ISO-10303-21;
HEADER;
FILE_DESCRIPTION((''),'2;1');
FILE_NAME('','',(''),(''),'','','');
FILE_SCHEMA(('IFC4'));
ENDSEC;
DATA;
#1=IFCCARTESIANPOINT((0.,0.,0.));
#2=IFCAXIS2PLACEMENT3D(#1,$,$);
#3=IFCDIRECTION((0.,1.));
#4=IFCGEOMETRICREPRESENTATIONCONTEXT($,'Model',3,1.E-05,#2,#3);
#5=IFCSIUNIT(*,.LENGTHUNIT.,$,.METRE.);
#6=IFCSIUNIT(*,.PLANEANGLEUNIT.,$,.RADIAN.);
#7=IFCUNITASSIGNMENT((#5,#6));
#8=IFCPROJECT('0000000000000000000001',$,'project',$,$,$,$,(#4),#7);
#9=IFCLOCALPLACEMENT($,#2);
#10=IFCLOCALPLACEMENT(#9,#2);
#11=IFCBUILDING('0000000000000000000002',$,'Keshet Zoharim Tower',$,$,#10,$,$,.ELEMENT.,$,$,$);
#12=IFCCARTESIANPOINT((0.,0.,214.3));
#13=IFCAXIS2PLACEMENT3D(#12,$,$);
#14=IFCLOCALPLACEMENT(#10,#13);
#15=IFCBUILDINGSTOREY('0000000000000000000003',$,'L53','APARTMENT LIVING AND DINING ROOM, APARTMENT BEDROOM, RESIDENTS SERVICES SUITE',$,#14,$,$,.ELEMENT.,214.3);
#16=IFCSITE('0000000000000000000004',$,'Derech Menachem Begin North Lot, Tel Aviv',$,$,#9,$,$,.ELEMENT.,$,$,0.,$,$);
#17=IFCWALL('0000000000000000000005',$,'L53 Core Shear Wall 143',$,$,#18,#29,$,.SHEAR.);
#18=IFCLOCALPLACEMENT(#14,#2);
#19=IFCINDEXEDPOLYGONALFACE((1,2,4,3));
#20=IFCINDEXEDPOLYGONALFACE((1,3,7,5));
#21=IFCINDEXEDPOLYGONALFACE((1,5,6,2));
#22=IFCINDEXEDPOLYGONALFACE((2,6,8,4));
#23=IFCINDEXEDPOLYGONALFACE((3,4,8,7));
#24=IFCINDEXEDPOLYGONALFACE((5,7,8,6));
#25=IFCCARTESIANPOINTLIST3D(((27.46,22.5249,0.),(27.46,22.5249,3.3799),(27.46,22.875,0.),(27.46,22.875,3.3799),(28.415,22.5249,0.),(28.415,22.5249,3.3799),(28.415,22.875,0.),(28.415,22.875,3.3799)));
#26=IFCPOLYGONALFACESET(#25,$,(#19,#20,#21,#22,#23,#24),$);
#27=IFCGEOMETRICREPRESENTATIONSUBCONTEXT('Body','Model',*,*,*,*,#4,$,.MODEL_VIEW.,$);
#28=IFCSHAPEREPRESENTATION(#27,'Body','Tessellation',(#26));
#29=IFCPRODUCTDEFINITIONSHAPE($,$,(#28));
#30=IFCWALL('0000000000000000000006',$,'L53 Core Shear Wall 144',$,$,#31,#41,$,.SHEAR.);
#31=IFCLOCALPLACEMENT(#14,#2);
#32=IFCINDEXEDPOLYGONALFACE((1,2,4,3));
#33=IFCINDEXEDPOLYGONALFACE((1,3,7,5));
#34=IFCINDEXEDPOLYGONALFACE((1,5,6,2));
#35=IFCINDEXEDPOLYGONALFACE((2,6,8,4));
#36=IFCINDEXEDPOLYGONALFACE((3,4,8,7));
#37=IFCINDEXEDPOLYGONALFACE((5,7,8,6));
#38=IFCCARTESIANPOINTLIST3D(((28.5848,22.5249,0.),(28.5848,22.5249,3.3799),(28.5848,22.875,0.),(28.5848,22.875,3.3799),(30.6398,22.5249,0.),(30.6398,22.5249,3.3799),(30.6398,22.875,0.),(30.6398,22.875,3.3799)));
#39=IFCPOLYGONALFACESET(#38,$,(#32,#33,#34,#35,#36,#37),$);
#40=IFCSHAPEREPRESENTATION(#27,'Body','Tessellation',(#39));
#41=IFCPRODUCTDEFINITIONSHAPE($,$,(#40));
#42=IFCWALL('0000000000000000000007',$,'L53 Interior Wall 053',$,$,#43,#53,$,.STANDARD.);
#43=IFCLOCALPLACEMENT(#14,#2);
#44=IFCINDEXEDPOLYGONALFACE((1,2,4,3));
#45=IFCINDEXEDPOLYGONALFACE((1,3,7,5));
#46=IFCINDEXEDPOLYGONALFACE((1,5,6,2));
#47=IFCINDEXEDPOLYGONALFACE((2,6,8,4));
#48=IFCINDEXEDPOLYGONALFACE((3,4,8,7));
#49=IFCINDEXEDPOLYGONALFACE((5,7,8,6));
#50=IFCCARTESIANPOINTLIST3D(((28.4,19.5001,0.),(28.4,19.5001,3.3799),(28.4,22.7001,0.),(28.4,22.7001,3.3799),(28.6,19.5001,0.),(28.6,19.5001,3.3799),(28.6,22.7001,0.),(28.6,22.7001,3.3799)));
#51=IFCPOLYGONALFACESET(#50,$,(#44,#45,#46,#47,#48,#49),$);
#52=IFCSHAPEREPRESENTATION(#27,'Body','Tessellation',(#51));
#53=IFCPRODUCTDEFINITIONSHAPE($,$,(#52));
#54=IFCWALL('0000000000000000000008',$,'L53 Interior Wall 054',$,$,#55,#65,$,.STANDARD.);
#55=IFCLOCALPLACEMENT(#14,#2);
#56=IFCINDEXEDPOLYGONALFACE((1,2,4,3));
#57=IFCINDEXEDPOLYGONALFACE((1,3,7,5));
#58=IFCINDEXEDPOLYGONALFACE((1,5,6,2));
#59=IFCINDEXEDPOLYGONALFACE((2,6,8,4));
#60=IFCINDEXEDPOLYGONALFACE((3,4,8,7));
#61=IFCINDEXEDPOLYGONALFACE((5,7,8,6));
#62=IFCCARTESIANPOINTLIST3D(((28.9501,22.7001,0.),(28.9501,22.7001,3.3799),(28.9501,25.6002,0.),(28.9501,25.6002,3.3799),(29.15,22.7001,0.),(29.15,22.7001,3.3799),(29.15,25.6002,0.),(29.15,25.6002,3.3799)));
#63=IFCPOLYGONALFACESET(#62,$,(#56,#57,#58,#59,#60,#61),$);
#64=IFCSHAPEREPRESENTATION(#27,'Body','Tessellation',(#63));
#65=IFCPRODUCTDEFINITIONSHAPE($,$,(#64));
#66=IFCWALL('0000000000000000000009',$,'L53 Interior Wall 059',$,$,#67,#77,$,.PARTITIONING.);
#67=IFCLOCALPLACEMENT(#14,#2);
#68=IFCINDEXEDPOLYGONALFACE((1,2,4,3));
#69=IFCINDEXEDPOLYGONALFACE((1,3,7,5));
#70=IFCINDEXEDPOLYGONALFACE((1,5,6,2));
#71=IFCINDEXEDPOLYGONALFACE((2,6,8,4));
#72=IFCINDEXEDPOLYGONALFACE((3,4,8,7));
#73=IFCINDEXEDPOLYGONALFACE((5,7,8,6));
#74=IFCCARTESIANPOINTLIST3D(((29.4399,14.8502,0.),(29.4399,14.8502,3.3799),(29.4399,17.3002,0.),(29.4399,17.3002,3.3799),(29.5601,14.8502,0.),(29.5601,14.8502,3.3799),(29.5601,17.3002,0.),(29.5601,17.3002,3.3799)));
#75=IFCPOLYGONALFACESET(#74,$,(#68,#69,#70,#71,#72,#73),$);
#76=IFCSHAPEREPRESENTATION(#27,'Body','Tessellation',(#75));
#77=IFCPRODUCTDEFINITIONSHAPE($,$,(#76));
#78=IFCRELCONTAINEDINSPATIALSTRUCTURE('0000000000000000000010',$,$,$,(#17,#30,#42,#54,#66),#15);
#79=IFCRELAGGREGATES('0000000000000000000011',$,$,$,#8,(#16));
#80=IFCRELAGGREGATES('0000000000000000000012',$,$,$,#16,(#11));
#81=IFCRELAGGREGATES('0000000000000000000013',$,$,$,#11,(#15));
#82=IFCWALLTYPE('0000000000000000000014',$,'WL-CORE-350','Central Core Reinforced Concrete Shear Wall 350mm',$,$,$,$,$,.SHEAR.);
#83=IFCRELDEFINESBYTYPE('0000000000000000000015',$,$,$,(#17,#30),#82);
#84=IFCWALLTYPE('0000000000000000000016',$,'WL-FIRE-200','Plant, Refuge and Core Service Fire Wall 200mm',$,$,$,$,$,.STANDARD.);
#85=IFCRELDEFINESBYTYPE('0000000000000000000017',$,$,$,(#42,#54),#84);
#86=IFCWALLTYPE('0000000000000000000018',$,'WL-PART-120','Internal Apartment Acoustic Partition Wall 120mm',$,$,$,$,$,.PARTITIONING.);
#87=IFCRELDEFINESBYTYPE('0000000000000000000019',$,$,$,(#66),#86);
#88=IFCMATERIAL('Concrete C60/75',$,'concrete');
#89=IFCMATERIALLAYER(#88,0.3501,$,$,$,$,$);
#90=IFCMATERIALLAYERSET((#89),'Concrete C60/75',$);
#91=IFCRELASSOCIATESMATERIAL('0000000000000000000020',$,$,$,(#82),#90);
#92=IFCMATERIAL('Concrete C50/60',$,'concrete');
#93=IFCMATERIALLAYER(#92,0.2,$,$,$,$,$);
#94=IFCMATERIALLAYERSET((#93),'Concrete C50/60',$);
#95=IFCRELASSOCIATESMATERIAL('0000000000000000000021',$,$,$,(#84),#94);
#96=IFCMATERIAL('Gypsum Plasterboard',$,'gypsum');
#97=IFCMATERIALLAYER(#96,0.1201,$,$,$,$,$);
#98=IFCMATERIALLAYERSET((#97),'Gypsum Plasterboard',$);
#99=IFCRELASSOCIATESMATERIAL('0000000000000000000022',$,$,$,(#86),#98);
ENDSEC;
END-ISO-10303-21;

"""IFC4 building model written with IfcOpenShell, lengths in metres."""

from ifc_helpers import new_model, si_unit, direction, frame, frame_2d, origin, place, context, subcontext, project, spatial, rectangle, extrude, material, layer, layer_set, type_object, element, save


model = new_model("IFC4")

# Units and contexts
model_context = context("Model", 3, precision=1e-05, world=origin(), true_north=direction((0.0, 1.0)))
body_context = subcontext(model_context, "Body", "Model", "MODEL_VIEW")
ifc_project = project(units=[si_unit("LENGTHUNIT", "METRE"), si_unit("PLANEANGLEUNIT", "RADIAN")], contexts=[model_context])

# Site, building, storey
site_placement = place(None, origin())
site = spatial("IfcSite", under=ifc_project, at=site_placement, Name="Derech Menachem Begin North Lot, Tel Aviv", CompositionType="ELEMENT", RefElevation=0.0)
building_placement = place(site_placement, origin())
building = spatial("IfcBuilding", under=site, at=building_placement, Name="Keshet Zoharim Tower", CompositionType="ELEMENT")
storey_placement = place(building_placement, frame((0.0, 0.0, 214.3)))
storey = spatial("IfcBuildingStorey", under=building, at=storey_placement, Name="L53", Description="APARTMENT LIVING AND DINING ROOM, APARTMENT BEDROOM, RESIDENTS SERVICES SUITE", CompositionType="ELEMENT", Elevation=214.3)

# Shared definitions
ifc_material_1 = material(Name="Concrete C50/60", Category="concrete")

# Walls
ifc_material_2 = material(Name="Concrete C60/75", Category="concrete")
ifc_layer_1 = layer(ifc_material_2, 0.3501)
ifc_layer_set_1 = layer_set([ifc_layer_1], Name="Concrete C60/75")
wall_type_1 = type_object("IfcWallType", Name="WL-CORE-350", Description="Central Core Reinforced Concrete Shear Wall 350mm", PredefinedType="SHEAR", material=ifc_layer_set_1)
wall_1_placement = place(storey_placement, frame((27.46, 22.7, 0.0), z_axis=(0.0, 0.0, 1.0), x_axis=(1.0, 0.0, 0.0)))
element("IfcWall", 1, at=wall_1_placement, inside=storey, type_object=wall_type_1, Name="L53 Core Shear Wall 143", PredefinedType="SHEAR", context=body_context, shape_type="SweptSolid", body=[
    extrude(rectangle(XDim=0.9551, YDim=0.3501, at=frame_2d((0.4775, 0.0))), origin(), (0.0, 0.0, 1.0), 3.3799),
])
wall_2_placement = place(storey_placement, frame((28.585, 22.7, 0.0), z_axis=(0.0, 0.0, 1.0), x_axis=(1.0, 0.0, 0.0)))
element("IfcWall", 2, at=wall_2_placement, inside=storey, type_object=wall_type_1, Name="L53 Core Shear Wall 144", PredefinedType="SHEAR", context=body_context, shape_type="SweptSolid", body=[
    extrude(rectangle(XDim=2.0549, YDim=0.3501, at=frame_2d((1.0273, 0.0))), origin(), (0.0, 0.0, 1.0), 3.3799),
])

# Shared definitions
ifc_material_3 = material(Name="Gypsum Plasterboard", Category="gypsum")

# Walls
ifc_layer_2 = layer(ifc_material_1, 0.2)
ifc_layer_set_2 = layer_set([ifc_layer_2], Name="Concrete C50/60")
wall_type_2 = type_object("IfcWallType", Name="WL-FIRE-200", Description="Plant, Refuge and Core Service Fire Wall 200mm", PredefinedType="STANDARD", material=ifc_layer_set_2)
wall_3_placement = place(storey_placement, frame((28.5, 19.5, 0.0), z_axis=(0.0, 0.0, 1.0), x_axis=(0.0, 1.0, 0.0)))
element("IfcWall", 3, at=wall_3_placement, inside=storey, type_object=wall_type_2, Name="L53 Interior Wall 053", PredefinedType="STANDARD", context=body_context, shape_type="SweptSolid", body=[
    extrude(rectangle(XDim=3.2, YDim=0.2, at=frame_2d((1.6001, 0.0))), origin(), (0.0, 0.0, 1.0), 3.3799),
])
wall_4_placement = place(storey_placement, frame((29.05, 22.7, 0.0), z_axis=(0.0, 0.0, 1.0), x_axis=(0.0, 1.0, 0.0)))
element("IfcWall", 4, at=wall_4_placement, inside=storey, type_object=wall_type_2, Name="L53 Interior Wall 054", PredefinedType="STANDARD", context=body_context, shape_type="SweptSolid", body=[
    extrude(rectangle(XDim=2.9001, YDim=0.2, at=frame_2d((1.4502, 0.0))), origin(), (0.0, 0.0, 1.0), 3.3799),
])

# Wall
ifc_layer_3 = layer(ifc_material_3, 0.1201)
ifc_layer_set_3 = layer_set([ifc_layer_3], Name="Gypsum Plasterboard")
wall_type_3 = type_object("IfcWallType", Name="WL-PART-120", Description="Internal Apartment Acoustic Partition Wall 120mm", PredefinedType="PARTITIONING", material=ifc_layer_set_3)
wall_5_placement = place(storey_placement, frame((29.5, 14.8501, 0.0), z_axis=(0.0, 0.0, 1.0), x_axis=(0.0, 1.0, 0.0)))
element("IfcWall", 5, at=wall_5_placement, inside=storey, type_object=wall_type_3, Name="L53 Interior Wall 059", PredefinedType="PARTITIONING", context=body_context, shape_type="SweptSolid", body=[
    extrude(rectangle(XDim=2.45, YDim=0.1201, at=frame_2d((1.2251, 0.0))), origin(), (0.0, 0.0, 1.0), 3.3799),
])

save(model, "model.ifc")
